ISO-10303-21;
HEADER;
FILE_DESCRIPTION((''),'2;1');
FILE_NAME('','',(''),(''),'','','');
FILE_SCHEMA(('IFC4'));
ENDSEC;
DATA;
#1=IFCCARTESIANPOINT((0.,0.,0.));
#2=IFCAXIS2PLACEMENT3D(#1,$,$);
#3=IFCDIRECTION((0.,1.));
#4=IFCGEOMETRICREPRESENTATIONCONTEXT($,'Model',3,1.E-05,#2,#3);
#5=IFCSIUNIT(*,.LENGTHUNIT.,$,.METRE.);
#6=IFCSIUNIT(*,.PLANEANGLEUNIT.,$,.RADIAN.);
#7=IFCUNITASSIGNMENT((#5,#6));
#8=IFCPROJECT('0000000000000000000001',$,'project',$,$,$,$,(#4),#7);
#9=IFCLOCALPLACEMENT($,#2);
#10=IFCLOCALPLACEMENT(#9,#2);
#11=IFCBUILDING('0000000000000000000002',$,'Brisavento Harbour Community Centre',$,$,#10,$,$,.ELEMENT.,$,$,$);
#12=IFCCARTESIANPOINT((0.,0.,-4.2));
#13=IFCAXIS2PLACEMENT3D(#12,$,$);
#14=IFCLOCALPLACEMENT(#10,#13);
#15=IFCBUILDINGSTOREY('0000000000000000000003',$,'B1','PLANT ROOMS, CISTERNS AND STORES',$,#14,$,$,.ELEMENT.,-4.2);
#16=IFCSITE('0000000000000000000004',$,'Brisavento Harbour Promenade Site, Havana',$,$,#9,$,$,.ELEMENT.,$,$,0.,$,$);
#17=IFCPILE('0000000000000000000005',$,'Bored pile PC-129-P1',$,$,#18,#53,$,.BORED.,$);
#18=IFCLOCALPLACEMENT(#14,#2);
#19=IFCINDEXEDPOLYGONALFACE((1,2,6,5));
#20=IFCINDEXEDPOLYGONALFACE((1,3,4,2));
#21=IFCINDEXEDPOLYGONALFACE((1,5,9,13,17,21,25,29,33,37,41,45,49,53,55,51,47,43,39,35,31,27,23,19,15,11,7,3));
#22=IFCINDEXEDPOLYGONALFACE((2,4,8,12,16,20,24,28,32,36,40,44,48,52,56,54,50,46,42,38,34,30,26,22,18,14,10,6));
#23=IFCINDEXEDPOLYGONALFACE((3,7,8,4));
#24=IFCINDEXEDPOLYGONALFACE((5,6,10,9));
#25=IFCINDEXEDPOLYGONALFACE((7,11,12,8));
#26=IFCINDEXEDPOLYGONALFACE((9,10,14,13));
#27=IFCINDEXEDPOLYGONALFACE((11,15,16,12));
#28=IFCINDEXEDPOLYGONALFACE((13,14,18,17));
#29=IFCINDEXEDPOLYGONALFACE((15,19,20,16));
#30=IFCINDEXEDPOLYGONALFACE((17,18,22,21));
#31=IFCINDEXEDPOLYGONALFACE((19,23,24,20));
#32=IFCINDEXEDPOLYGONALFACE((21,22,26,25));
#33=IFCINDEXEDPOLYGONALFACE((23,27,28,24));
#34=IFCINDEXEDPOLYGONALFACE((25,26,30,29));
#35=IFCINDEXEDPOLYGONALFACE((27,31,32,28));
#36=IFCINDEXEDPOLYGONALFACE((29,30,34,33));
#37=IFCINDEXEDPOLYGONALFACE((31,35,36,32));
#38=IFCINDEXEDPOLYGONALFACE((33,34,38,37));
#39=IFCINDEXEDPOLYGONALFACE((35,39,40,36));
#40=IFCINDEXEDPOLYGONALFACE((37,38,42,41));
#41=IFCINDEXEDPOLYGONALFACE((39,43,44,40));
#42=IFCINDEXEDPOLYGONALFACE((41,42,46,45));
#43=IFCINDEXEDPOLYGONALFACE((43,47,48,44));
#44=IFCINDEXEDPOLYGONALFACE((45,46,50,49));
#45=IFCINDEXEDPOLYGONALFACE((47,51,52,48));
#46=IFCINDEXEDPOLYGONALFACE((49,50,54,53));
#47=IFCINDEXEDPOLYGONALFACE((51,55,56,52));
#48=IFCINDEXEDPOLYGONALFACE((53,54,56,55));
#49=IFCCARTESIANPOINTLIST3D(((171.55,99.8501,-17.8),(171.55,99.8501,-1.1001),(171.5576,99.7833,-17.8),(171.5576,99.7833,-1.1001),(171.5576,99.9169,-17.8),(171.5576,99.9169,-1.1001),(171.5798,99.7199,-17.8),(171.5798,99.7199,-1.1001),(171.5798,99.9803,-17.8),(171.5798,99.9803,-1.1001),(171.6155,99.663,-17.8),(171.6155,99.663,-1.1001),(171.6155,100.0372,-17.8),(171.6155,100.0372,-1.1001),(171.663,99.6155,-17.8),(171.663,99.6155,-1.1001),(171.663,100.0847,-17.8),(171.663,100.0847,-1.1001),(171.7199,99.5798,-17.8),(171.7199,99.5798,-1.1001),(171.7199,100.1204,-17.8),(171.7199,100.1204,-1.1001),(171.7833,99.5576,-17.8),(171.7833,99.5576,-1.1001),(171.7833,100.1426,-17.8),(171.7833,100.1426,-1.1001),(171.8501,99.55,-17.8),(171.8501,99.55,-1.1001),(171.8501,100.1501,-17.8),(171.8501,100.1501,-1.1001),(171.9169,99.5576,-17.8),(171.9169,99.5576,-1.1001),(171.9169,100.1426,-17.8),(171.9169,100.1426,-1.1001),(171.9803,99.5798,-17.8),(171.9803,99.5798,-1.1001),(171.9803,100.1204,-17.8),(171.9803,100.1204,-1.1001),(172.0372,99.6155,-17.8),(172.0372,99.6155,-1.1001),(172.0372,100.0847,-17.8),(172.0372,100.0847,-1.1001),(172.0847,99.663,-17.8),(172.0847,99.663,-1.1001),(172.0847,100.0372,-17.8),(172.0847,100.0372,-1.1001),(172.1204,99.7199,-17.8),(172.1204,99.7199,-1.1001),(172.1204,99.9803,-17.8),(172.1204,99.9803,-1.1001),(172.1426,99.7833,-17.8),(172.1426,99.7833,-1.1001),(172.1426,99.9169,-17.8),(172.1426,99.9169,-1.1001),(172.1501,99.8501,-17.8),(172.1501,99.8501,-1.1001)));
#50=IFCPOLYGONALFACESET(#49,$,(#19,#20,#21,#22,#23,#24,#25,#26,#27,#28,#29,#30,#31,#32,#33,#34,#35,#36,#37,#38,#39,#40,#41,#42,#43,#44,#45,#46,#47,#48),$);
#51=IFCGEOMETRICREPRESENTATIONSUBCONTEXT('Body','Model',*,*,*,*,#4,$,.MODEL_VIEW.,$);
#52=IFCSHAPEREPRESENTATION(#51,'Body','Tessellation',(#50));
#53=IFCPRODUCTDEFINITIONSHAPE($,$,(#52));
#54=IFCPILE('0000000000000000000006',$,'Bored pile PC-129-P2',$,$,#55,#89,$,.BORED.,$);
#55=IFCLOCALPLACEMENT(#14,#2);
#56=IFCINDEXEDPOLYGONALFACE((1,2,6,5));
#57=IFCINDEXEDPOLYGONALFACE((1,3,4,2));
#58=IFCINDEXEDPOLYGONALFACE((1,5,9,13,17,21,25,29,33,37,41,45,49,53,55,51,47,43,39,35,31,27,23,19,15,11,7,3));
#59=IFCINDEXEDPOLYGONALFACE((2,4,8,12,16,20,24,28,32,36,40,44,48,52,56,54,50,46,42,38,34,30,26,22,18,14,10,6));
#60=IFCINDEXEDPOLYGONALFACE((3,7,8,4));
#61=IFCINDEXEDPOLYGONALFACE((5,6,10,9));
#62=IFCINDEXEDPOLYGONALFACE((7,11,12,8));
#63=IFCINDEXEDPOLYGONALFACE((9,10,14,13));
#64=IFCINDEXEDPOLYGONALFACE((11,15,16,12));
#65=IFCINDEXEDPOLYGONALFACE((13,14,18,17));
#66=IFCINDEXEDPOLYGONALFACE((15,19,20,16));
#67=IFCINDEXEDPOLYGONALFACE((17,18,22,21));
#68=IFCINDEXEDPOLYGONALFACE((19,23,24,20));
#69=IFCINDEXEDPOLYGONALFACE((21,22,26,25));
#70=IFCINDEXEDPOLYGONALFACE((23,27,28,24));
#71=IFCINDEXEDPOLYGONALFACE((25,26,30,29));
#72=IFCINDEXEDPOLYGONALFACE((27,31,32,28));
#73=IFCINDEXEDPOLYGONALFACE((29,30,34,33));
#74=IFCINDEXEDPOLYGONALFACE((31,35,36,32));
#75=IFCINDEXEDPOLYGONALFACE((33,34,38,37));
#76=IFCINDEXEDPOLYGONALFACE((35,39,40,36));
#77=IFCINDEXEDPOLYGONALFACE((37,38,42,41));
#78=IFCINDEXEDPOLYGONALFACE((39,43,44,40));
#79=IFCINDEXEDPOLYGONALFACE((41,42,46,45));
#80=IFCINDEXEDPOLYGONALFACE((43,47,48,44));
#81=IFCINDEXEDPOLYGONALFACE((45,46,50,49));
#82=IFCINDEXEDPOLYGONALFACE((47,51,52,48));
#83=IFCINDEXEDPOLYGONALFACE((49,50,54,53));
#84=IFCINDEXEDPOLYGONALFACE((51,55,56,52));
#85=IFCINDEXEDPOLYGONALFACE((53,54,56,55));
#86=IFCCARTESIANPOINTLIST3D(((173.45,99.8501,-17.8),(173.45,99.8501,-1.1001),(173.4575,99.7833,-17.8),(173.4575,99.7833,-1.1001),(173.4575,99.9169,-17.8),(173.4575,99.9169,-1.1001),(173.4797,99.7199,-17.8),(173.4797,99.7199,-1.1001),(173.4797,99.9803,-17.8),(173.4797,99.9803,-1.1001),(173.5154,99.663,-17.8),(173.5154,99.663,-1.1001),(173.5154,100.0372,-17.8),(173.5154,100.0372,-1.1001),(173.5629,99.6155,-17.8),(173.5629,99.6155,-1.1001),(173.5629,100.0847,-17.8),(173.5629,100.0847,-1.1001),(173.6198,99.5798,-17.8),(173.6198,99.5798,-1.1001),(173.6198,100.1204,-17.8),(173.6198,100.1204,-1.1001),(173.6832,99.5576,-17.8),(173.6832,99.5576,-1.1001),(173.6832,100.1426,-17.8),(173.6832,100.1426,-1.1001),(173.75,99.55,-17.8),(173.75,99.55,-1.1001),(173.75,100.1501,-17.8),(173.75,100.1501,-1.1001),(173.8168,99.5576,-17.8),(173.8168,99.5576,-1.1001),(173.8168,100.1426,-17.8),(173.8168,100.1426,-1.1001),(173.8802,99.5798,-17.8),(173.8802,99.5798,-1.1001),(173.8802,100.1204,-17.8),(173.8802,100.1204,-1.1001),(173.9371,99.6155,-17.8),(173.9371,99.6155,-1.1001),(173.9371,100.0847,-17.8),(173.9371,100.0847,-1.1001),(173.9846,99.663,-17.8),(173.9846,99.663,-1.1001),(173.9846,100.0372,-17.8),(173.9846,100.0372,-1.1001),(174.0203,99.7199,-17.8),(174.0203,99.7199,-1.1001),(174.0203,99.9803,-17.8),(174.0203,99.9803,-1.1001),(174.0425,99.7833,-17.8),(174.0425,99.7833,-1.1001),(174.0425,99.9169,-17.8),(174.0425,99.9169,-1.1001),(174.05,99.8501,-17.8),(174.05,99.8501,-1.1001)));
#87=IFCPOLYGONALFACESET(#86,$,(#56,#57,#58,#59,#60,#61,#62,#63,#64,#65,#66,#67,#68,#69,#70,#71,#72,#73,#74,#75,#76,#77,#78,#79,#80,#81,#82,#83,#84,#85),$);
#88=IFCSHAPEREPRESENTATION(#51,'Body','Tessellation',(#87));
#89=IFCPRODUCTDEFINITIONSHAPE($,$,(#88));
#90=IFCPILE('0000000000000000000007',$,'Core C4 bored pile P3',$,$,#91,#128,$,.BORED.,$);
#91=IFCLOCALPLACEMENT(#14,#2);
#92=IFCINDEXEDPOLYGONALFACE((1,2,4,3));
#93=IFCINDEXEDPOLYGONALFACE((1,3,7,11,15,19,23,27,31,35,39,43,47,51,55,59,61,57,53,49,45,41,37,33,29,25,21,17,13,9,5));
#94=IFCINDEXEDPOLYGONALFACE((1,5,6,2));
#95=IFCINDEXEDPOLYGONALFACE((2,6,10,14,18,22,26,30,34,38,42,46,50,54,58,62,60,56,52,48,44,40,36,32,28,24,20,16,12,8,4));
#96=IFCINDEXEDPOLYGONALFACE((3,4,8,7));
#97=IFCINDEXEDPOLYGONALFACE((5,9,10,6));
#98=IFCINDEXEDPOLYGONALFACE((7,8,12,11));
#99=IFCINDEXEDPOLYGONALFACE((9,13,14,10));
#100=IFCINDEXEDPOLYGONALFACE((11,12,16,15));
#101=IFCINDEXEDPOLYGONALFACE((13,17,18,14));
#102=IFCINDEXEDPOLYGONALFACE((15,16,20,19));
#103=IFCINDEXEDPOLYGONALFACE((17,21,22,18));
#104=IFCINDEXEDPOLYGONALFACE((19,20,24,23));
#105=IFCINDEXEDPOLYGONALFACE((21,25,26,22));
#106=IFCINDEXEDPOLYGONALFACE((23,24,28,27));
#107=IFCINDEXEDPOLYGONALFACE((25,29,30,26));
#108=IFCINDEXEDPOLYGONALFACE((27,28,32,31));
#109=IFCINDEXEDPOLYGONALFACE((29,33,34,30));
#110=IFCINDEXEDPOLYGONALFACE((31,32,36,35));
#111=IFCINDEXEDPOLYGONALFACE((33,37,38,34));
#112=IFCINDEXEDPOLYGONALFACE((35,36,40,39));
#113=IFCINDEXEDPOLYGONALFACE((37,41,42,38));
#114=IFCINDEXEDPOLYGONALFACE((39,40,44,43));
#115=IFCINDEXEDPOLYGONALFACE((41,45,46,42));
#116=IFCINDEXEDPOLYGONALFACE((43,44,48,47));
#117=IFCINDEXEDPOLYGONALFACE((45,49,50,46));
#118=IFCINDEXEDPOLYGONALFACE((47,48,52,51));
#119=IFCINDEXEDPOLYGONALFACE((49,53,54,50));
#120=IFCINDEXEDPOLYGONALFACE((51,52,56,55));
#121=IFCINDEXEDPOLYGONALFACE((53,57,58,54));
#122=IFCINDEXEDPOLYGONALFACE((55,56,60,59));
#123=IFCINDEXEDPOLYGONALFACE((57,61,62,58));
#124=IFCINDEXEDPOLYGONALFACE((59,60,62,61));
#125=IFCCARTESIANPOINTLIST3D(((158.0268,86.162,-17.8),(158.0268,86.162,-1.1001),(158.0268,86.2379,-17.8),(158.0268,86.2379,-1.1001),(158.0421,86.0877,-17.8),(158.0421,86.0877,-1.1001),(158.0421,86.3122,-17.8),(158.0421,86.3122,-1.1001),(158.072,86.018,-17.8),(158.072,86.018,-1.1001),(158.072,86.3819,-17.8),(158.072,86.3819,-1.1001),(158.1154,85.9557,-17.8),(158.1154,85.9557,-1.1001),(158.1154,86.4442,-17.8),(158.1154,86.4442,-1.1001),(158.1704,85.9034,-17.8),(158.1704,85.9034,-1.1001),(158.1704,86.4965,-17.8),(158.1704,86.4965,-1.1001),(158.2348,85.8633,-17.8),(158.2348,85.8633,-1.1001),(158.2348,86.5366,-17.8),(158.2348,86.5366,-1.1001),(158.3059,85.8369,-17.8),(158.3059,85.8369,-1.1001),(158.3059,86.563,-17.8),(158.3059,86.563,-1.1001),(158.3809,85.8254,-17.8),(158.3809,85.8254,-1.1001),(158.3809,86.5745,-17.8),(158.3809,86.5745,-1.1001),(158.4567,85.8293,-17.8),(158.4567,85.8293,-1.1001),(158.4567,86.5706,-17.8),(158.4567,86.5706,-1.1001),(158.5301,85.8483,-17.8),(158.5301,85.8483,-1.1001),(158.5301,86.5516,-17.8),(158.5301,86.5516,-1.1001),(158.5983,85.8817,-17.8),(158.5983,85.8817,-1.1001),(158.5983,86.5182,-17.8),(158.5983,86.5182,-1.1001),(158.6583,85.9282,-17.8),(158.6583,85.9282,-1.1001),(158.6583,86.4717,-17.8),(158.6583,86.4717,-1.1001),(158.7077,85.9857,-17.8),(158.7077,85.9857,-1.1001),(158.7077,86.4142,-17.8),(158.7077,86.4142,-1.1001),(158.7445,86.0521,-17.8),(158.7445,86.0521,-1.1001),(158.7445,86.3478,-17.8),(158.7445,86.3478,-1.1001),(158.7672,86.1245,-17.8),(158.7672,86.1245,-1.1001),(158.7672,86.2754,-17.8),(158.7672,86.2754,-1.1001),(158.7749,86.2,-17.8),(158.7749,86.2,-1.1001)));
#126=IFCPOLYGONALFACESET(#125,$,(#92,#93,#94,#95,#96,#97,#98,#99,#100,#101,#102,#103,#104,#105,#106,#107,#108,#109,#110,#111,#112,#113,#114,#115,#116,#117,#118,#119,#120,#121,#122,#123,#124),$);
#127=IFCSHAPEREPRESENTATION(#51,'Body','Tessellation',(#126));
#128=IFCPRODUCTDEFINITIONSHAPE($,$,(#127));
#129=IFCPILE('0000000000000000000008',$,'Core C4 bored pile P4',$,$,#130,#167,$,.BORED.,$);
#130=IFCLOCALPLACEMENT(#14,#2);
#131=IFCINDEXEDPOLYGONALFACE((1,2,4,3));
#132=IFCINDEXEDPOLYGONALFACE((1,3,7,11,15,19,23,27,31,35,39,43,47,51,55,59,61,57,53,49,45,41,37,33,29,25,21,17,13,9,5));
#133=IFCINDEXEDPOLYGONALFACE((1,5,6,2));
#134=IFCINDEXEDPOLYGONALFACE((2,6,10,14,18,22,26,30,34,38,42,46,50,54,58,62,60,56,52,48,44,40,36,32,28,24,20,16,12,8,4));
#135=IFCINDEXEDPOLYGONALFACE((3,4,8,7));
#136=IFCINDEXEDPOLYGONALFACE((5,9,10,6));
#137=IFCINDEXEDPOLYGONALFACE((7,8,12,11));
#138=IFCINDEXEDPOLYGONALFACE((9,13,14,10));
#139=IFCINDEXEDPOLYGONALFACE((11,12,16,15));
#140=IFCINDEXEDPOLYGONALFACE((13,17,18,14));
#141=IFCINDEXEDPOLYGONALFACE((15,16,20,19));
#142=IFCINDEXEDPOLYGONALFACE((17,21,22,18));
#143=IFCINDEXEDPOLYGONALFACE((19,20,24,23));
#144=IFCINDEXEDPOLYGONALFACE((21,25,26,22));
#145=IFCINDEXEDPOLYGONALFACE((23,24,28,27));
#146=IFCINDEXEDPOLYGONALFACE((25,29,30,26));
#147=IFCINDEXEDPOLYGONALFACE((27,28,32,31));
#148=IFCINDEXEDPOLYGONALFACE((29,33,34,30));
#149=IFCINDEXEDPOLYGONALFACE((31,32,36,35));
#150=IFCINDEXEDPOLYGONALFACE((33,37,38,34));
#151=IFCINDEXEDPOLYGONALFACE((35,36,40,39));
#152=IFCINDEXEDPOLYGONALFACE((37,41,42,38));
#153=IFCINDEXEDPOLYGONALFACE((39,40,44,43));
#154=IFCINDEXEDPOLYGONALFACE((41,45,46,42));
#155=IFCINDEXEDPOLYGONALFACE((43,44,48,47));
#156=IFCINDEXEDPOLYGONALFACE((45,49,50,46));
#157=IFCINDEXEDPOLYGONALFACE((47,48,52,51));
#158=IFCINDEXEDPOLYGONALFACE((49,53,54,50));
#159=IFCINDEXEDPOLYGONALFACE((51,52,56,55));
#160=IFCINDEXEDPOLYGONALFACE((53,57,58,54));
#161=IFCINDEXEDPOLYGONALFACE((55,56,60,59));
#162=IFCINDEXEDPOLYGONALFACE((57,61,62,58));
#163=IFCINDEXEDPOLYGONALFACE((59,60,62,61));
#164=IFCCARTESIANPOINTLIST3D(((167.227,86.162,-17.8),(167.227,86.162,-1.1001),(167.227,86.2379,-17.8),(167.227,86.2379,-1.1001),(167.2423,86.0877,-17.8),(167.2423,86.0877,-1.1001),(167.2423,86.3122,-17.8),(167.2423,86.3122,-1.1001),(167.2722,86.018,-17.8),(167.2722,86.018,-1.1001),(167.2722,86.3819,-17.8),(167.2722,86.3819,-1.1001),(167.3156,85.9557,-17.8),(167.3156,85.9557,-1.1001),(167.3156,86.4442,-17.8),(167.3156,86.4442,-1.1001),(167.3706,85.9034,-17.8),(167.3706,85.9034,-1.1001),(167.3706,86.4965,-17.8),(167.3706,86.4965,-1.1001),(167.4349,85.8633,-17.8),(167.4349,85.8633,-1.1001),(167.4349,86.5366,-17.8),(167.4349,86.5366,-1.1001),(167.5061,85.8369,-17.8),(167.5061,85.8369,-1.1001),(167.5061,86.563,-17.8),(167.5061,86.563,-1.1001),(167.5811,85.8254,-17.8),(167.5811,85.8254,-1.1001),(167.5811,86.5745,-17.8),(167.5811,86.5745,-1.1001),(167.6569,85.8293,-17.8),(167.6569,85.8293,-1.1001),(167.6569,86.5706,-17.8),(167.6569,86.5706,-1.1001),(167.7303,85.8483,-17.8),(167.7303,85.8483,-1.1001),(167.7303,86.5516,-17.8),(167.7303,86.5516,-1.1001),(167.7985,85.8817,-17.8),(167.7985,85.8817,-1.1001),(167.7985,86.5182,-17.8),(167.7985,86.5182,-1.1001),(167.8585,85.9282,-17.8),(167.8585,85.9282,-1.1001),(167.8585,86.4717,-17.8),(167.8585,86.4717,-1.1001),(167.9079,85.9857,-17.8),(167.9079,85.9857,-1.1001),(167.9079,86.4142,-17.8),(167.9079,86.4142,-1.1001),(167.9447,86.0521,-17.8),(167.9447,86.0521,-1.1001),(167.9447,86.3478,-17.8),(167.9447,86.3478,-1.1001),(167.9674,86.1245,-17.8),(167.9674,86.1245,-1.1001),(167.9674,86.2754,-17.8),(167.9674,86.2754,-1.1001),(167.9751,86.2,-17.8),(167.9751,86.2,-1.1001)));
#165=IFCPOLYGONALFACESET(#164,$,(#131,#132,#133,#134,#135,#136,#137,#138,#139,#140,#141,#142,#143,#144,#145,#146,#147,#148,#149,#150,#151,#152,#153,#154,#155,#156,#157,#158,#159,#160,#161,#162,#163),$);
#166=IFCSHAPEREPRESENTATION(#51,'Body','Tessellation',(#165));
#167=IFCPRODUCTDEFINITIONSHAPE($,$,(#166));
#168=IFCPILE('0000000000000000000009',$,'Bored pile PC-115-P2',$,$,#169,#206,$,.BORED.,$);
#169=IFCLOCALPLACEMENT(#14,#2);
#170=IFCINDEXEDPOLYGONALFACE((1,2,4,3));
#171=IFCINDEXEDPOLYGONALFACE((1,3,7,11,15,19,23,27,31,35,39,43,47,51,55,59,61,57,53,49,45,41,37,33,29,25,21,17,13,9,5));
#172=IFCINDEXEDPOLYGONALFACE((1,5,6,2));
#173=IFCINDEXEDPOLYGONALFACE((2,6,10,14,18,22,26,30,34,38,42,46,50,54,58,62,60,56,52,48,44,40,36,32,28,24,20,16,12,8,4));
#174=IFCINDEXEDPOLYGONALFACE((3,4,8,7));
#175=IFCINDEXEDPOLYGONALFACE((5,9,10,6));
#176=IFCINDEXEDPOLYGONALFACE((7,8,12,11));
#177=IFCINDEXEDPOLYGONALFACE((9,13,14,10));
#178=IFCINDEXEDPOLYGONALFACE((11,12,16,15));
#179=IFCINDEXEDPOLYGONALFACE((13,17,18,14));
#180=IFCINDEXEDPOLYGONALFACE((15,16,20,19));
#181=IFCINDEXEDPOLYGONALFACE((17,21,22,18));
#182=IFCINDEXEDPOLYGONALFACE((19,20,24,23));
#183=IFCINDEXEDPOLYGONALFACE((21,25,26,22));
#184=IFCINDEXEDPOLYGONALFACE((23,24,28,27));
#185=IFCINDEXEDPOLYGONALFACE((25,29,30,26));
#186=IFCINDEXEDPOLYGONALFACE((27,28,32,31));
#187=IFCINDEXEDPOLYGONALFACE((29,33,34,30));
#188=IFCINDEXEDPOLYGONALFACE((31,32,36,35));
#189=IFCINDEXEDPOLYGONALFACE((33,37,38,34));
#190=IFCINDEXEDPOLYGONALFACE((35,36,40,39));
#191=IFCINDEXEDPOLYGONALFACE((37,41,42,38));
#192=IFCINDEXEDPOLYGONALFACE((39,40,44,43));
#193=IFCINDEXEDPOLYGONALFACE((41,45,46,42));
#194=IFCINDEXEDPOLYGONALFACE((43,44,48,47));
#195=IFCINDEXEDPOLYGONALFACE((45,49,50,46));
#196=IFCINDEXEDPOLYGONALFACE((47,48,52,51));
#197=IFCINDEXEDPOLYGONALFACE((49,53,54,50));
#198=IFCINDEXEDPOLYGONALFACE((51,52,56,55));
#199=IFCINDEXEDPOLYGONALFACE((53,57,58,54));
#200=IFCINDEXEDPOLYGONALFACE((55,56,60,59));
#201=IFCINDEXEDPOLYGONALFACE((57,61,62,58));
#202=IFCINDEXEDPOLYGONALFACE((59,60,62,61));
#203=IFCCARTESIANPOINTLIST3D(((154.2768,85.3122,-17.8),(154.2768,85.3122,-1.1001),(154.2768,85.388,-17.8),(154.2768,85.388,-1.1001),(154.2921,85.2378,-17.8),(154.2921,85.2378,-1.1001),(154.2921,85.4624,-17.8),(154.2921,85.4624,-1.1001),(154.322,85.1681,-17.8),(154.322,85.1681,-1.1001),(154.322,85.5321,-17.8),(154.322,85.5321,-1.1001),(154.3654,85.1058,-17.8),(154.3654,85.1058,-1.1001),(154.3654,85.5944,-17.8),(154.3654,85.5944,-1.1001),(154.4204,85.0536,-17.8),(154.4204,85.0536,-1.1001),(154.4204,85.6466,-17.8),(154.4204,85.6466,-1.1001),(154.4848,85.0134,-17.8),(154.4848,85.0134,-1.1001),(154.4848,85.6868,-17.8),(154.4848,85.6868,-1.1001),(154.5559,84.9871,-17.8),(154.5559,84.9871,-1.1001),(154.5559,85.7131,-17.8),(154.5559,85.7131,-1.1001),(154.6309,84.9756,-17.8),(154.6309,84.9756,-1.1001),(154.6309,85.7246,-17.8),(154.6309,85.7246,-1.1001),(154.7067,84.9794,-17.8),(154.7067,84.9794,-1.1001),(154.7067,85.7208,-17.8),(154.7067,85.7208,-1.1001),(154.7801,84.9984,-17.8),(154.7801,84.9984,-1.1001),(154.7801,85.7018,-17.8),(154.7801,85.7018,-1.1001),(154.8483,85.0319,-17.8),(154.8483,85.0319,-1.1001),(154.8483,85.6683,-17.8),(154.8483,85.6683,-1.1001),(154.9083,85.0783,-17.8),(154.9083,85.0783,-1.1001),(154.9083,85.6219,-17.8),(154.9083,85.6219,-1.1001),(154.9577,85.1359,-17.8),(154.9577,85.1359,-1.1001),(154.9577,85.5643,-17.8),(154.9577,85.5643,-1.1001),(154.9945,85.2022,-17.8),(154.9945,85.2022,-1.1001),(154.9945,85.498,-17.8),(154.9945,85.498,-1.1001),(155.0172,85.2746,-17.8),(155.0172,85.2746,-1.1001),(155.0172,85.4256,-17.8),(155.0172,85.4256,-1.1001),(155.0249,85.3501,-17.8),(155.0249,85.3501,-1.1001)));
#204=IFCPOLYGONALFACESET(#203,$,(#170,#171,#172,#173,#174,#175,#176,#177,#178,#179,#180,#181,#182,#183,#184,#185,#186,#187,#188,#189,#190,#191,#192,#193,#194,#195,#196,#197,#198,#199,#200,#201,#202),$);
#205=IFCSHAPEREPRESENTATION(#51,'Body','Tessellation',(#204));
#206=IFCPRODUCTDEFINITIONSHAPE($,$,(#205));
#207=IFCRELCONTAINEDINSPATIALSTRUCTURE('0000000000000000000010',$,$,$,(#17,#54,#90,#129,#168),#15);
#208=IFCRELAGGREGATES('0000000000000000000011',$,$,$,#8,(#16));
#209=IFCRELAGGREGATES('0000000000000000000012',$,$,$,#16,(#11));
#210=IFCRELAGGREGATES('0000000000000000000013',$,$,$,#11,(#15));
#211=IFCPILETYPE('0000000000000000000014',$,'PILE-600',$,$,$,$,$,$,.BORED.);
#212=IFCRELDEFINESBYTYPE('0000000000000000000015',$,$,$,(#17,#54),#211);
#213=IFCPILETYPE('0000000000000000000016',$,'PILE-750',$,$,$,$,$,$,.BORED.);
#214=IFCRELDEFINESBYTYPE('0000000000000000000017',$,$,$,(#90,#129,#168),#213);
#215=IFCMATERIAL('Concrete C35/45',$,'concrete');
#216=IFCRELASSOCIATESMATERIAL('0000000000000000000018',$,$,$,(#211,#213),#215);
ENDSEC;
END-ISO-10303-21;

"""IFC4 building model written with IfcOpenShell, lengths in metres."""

from ifc_helpers import new_model, si_unit, direction, frame, origin, origin_2d, place, context, subcontext, project, spatial, circle, extrude, material, material_profile, profile_set, type_object, element, save


model = new_model("IFC4")

# Units and contexts
model_context = context("Model", 3, precision=1e-05, world=origin(), true_north=direction((0.0, 1.0)))
body_context = subcontext(model_context, "Body", "Model", "MODEL_VIEW")
ifc_project = project(units=[si_unit("LENGTHUNIT", "METRE"), si_unit("PLANEANGLEUNIT", "RADIAN")], contexts=[model_context])

# Site, building, storey
site_placement = place(None, origin())
site = spatial("IfcSite", under=ifc_project, at=site_placement, Name="Brisavento Harbour Promenade Site, Havana", CompositionType="ELEMENT", RefElevation=0.0)
building_placement = place(site_placement, origin())
building = spatial("IfcBuilding", under=site, at=building_placement, Name="Brisavento Harbour Community Centre", CompositionType="ELEMENT")
storey_placement = place(building_placement, frame((0.0, 0.0, -4.2)))
storey = spatial("IfcBuildingStorey", under=building, at=storey_placement, Name="B1", Description="PLANT ROOMS, CISTERNS AND STORES", CompositionType="ELEMENT", Elevation=-4.2)

# Shared definitions
ifc_material_1 = material(Name="Concrete C35/45", Category="concrete")

# Piles
ifc_material_profile_1 = material_profile(ifc_material_1, circle(Radius=0.3, at=origin_2d()), Name="Concrete C35/45")
ifc_profile_set_1 = profile_set([ifc_material_profile_1], Name="Concrete C35/45")
pile_type_1 = type_object("IfcPileType", Name="PILE-600", PredefinedType="BORED", material=ifc_profile_set_1)
for number, where, z_axis, x_axis, name in (
    (1, (171.8501, 99.8501, -1.1001), (0.0, 0.0, -1.0), (1.0, 0.0, 0.0), "Bored pile PC-129-P1"),
    (2, (173.75, 99.8501, -1.1001), (0.0, 0.0, -1.0), (1.0, 0.0, 0.0), "Bored pile PC-129-P2"),
):
    element("IfcPile", number, at=place(storey_placement, frame(where, z_axis=z_axis, x_axis=x_axis)), inside=storey, type_object=pile_type_1, Name=name, PredefinedType="BORED", context=body_context, shape_type="SweptSolid", body=[
        extrude(circle(Radius=0.3, at=origin_2d()), origin(), (0.0, 0.0, 1.0), 16.7),
    ])
ifc_material_profile_2 = material_profile(ifc_material_1, circle(Radius=0.375, at=origin_2d()), Name="Concrete C35/45")
ifc_profile_set_2 = profile_set([ifc_material_profile_2], Name="Concrete C35/45")
pile_type_2 = type_object("IfcPileType", Name="PILE-750", PredefinedType="BORED", material=ifc_profile_set_2)
for number, where, z_axis, x_axis, name in (
    (3, (158.3999, 86.2, -1.1001), (0.0, 0.0, -1.0), (1.0, 0.0, 0.0), "Core C4 bored pile P3"),
    (4, (167.6001, 86.2, -1.1001), (0.0, 0.0, -1.0), (1.0, 0.0, 0.0), "Core C4 bored pile P4"),
    (5, (154.6499, 85.3501, -1.1001), (0.0, 0.0, -1.0), (1.0, 0.0, 0.0), "Bored pile PC-115-P2"),
):
    element("IfcPile", number, at=place(storey_placement, frame(where, z_axis=z_axis, x_axis=x_axis)), inside=storey, type_object=pile_type_2, Name=name, PredefinedType="BORED", context=body_context, shape_type="SweptSolid", body=[
        extrude(circle(Radius=0.375, at=origin_2d()), origin(), (0.0, 0.0, 1.0), 16.7),
    ])

save(model, "model.ifc")
